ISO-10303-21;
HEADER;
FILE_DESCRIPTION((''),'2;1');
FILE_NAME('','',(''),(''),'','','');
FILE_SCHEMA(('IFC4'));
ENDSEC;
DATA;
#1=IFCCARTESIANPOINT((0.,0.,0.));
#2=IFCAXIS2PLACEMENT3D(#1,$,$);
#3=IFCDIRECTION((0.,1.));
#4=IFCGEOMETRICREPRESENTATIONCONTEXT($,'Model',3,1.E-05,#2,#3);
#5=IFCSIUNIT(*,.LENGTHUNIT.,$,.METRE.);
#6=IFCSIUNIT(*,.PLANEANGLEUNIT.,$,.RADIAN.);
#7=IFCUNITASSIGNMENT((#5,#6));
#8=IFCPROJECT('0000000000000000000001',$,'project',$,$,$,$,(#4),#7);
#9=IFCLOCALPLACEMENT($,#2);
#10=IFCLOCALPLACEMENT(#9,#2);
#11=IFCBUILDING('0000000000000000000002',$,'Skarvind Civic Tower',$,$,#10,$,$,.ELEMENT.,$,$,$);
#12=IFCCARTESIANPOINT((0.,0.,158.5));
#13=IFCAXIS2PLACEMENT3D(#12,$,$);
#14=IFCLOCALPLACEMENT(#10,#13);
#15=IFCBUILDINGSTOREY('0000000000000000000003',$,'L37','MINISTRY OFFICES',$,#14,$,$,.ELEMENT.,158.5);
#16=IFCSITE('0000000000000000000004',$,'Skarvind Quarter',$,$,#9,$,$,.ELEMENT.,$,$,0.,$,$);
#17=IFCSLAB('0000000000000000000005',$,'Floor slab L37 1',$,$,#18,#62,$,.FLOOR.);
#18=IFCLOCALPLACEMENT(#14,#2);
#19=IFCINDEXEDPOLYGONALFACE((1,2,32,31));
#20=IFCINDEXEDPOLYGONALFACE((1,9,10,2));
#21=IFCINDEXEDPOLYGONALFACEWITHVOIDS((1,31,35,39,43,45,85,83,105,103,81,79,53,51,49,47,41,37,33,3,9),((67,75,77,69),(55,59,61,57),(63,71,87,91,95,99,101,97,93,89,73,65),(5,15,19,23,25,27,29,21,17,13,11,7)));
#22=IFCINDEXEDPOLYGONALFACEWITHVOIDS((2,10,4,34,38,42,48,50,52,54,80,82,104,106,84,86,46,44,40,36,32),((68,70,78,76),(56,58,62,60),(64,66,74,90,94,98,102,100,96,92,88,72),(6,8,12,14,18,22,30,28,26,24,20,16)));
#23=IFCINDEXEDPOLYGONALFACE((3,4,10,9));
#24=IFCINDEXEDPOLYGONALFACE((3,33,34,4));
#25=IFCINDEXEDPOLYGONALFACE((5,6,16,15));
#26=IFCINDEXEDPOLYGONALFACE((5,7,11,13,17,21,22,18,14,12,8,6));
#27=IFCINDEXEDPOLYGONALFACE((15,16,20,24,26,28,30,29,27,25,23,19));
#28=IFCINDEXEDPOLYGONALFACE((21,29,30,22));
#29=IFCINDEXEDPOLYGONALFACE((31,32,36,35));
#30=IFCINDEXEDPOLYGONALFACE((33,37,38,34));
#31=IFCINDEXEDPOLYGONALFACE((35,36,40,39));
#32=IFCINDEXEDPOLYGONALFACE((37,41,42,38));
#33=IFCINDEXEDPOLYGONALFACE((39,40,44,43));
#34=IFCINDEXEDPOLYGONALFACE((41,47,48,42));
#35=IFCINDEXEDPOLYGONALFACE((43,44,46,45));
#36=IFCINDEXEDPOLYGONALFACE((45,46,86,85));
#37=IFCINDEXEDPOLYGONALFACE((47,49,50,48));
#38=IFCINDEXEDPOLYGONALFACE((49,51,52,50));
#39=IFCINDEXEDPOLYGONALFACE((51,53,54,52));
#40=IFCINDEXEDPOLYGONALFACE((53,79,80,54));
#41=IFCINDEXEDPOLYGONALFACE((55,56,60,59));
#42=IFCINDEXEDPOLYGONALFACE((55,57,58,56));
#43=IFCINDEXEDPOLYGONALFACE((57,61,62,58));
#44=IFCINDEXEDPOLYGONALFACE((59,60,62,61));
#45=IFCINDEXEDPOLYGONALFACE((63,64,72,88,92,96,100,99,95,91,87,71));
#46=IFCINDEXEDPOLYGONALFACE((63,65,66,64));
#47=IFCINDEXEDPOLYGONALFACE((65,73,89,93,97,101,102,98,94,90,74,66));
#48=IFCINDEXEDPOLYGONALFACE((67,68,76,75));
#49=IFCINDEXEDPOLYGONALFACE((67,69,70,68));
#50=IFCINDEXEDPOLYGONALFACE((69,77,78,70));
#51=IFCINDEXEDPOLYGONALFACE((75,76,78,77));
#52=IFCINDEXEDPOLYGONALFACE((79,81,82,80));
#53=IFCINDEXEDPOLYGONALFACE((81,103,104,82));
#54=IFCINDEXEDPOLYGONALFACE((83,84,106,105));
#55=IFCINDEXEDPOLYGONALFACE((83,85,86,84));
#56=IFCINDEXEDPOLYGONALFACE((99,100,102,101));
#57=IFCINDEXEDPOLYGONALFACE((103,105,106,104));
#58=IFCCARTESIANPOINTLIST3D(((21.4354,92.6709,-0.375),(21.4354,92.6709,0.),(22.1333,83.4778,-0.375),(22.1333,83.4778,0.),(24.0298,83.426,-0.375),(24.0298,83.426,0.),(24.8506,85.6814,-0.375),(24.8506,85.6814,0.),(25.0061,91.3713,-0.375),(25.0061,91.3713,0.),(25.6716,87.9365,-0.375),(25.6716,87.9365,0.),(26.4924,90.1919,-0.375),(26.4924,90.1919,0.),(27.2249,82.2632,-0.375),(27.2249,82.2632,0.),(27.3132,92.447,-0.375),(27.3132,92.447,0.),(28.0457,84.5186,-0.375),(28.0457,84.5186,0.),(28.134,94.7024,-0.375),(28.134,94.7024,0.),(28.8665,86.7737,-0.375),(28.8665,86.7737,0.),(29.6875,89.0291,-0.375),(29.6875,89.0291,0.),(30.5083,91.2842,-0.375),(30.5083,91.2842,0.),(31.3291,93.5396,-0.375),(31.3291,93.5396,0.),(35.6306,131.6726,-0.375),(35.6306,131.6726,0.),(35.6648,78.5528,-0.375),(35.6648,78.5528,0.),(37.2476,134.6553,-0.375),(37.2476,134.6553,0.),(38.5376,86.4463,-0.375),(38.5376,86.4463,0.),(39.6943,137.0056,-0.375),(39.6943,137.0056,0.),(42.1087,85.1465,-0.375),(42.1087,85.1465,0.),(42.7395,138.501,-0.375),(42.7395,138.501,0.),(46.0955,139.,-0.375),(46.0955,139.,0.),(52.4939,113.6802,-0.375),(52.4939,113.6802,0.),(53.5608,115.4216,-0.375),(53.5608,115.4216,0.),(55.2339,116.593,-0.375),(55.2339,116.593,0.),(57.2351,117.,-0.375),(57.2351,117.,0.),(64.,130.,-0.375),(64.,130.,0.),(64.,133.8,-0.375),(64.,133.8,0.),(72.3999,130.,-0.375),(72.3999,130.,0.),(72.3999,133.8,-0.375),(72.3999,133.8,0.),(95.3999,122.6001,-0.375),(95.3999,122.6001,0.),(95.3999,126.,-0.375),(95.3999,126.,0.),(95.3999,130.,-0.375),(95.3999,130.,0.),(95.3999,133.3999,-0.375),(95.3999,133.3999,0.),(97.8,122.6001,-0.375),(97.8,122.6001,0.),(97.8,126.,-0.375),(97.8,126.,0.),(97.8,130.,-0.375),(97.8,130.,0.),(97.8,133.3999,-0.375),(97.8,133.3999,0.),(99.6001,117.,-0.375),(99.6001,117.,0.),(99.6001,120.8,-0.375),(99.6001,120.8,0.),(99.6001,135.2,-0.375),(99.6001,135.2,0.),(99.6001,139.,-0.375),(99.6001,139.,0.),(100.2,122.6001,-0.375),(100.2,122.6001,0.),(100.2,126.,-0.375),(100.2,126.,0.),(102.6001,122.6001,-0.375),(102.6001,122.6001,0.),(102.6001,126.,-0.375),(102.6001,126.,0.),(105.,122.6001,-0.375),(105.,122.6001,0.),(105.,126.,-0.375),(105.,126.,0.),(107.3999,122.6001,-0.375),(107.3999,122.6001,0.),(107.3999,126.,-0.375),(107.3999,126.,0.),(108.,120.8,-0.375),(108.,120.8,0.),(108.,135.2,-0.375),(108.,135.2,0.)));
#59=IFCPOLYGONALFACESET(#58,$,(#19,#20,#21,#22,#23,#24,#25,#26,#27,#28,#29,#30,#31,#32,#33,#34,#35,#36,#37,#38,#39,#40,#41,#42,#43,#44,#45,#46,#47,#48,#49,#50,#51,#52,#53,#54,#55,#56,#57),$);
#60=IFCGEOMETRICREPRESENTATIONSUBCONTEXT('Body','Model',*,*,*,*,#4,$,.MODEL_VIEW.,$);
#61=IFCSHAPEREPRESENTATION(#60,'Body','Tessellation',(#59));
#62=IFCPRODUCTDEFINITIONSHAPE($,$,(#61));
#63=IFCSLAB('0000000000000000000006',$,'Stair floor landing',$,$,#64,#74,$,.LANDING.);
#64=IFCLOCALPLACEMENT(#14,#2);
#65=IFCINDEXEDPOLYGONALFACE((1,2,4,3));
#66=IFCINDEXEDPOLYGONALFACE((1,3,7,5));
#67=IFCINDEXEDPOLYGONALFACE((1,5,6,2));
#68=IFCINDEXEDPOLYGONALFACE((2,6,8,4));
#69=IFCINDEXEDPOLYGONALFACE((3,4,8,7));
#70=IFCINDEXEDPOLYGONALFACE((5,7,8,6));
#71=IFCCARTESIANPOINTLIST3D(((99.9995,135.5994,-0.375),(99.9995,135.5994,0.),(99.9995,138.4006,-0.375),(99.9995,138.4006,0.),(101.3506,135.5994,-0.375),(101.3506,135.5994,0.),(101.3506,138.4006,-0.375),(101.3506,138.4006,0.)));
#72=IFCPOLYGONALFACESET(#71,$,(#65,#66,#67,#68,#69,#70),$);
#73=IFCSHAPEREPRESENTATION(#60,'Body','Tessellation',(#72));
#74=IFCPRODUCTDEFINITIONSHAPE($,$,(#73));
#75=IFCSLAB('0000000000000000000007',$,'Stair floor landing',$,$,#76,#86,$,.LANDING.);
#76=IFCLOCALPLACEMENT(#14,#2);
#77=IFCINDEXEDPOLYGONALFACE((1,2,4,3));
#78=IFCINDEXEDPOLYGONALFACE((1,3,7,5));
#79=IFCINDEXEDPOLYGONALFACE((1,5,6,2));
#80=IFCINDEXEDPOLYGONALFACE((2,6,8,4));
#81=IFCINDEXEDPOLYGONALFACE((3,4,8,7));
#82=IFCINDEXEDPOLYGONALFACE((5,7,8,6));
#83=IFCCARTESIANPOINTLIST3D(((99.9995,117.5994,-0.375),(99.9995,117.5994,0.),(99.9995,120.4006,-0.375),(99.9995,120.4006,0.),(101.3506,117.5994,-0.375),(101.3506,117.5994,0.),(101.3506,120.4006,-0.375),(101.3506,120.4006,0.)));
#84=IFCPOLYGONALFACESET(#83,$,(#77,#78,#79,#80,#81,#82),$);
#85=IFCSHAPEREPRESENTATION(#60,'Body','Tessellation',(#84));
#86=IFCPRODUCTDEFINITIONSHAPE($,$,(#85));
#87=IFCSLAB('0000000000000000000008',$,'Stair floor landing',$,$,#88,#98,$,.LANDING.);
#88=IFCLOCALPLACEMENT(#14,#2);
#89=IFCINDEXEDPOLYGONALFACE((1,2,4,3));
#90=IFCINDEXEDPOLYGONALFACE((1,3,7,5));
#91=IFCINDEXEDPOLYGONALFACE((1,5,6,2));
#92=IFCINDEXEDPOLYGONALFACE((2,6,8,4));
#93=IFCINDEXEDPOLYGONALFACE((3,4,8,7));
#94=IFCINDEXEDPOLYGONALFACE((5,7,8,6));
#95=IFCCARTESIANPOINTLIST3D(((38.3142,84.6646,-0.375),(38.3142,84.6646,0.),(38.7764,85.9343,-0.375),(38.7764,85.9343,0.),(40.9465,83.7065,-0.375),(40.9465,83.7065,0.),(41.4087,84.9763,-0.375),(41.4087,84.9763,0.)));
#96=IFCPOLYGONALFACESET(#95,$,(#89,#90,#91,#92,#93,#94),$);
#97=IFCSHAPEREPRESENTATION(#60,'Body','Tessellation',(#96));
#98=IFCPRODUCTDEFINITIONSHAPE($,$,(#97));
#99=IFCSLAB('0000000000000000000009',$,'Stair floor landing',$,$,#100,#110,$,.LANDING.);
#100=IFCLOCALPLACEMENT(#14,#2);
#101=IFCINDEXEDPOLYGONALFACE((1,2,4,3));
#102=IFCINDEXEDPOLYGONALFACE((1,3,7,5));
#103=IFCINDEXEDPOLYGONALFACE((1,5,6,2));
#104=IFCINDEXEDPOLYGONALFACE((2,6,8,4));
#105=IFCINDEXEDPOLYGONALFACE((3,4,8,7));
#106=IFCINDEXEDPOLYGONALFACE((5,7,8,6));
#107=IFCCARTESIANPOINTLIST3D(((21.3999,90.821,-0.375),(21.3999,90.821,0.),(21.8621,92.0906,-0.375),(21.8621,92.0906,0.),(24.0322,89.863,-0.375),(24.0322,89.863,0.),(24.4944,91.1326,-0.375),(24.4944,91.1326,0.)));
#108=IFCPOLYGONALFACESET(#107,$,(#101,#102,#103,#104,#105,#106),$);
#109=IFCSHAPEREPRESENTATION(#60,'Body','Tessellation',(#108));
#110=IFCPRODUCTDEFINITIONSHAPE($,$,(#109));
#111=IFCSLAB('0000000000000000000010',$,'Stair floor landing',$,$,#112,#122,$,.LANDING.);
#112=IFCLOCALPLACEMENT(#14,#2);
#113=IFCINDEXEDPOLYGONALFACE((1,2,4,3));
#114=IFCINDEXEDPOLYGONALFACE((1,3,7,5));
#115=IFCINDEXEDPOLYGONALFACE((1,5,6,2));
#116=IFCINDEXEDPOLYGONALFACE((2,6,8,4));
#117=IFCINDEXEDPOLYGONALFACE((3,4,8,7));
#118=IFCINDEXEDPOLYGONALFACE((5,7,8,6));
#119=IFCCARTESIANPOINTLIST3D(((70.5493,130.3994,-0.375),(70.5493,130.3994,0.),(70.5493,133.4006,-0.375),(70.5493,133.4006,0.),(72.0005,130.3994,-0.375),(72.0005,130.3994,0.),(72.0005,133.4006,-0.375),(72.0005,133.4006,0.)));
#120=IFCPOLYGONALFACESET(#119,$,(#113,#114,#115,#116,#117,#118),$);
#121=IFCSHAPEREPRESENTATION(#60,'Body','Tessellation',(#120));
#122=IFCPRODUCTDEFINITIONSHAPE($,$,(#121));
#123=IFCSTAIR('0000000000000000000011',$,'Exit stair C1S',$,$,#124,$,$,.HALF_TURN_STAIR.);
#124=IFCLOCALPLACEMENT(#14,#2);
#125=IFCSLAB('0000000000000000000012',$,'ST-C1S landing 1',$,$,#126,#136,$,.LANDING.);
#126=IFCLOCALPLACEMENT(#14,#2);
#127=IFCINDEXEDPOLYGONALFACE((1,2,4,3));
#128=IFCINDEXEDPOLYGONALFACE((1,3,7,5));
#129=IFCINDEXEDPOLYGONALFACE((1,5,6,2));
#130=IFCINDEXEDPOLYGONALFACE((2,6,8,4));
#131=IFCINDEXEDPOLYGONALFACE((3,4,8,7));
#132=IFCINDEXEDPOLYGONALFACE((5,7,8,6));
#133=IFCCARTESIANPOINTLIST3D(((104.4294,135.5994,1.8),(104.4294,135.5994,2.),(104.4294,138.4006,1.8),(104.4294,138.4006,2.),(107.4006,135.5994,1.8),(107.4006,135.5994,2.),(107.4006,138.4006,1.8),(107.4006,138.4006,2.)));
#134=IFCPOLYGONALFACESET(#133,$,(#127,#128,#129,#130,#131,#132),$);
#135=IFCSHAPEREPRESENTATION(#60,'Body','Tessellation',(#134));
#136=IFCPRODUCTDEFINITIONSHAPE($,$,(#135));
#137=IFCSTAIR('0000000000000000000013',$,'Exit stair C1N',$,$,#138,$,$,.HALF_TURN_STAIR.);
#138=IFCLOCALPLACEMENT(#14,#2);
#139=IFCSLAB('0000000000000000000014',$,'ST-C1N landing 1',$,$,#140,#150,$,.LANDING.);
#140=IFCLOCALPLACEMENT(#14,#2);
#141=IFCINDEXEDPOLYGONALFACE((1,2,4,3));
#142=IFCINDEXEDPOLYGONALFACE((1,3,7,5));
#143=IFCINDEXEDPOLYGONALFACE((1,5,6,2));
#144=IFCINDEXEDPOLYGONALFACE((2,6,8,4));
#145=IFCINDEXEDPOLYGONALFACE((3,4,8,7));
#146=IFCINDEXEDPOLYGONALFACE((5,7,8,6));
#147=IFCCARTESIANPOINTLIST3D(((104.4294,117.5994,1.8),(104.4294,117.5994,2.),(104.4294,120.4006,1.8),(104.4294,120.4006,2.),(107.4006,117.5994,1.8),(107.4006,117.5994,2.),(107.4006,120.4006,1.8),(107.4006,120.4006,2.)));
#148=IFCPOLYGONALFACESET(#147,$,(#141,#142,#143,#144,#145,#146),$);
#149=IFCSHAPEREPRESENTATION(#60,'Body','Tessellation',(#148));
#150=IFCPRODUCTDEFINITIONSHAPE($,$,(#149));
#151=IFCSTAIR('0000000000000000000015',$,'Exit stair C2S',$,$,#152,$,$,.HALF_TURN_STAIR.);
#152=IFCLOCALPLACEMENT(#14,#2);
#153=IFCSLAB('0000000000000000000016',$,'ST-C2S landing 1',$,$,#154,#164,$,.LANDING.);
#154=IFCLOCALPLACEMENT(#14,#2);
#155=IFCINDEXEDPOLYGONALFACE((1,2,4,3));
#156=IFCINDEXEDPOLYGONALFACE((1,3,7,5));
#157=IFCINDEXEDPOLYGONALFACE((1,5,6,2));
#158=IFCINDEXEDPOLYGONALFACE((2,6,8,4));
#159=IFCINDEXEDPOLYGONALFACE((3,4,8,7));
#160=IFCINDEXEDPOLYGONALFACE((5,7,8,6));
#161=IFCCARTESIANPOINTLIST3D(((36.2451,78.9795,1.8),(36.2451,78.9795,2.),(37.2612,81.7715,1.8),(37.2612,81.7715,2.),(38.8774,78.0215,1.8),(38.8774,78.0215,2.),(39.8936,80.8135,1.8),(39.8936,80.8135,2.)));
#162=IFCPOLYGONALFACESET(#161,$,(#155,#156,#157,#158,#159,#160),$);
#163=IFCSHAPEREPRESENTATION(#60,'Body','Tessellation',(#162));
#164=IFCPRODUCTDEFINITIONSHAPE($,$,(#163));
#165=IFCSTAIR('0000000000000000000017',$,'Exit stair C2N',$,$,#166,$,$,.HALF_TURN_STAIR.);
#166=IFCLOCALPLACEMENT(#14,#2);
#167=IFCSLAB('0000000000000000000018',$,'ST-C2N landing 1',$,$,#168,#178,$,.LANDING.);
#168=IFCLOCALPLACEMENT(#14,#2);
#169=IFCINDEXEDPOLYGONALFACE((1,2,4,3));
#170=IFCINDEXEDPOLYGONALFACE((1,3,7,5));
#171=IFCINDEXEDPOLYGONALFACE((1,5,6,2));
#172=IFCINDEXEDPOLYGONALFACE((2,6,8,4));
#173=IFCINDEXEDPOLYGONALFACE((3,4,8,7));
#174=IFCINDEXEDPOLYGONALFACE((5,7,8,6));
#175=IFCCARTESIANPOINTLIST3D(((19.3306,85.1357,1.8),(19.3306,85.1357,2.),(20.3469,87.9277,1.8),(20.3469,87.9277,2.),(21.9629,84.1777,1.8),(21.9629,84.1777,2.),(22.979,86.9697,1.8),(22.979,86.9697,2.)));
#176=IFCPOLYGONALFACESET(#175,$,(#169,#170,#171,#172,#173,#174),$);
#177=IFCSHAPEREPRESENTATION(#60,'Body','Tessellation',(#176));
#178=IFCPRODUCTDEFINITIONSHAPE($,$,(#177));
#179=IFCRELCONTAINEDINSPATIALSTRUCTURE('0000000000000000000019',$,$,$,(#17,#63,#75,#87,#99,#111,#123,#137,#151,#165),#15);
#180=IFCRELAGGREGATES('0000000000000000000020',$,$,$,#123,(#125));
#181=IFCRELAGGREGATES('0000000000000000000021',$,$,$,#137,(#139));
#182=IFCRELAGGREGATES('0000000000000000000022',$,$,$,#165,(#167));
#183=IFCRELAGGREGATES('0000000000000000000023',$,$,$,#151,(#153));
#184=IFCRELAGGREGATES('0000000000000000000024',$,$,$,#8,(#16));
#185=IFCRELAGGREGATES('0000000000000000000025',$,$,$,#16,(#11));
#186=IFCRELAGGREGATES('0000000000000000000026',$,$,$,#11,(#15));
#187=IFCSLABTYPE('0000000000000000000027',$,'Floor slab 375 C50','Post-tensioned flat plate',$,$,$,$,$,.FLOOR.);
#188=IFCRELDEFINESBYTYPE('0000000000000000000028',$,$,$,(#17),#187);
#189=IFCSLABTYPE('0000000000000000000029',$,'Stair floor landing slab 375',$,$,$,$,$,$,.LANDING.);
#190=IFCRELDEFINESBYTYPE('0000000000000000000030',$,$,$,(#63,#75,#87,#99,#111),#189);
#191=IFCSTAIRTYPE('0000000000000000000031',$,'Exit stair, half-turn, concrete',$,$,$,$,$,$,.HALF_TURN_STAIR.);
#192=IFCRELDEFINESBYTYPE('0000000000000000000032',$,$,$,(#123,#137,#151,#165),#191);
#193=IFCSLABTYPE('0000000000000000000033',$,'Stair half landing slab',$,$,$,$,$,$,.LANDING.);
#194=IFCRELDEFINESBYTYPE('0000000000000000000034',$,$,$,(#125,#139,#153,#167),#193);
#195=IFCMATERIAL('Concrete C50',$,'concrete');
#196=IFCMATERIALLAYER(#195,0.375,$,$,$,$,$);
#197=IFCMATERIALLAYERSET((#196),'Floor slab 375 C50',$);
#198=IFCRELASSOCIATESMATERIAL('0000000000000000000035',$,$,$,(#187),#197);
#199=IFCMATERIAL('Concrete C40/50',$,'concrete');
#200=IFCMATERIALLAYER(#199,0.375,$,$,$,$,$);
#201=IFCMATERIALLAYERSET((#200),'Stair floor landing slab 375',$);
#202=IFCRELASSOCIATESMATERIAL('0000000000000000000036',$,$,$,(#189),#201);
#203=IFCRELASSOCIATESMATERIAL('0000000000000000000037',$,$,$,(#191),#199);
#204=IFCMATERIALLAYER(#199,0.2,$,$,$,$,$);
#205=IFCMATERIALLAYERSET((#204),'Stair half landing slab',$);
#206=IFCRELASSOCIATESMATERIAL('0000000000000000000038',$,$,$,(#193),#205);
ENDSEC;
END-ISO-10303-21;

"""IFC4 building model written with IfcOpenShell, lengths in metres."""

from ifc_helpers import new_model, si_unit, direction, frame, origin, place, context, subcontext, project, spatial, polyline, outline, extrude, material, layer, layer_set, type_object, element, aggregate, save


model = new_model("IFC4")

# Units and contexts
model_context = context("Model", 3, precision=1e-05, world=origin(), true_north=direction((0.0, 1.0)))
body_context = subcontext(model_context, "Body", "Model", "MODEL_VIEW")
ifc_project = project(units=[si_unit("LENGTHUNIT", "METRE"), si_unit("PLANEANGLEUNIT", "RADIAN")], contexts=[model_context])

# Site, building, storey
site_placement = place(None, origin())
site = spatial("IfcSite", under=ifc_project, at=site_placement, Name="Skarvind Quarter", CompositionType="ELEMENT", RefElevation=0.0)
building_placement = place(site_placement, origin())
building = spatial("IfcBuilding", under=site, at=building_placement, Name="Skarvind Civic Tower", CompositionType="ELEMENT")
storey_placement = place(building_placement, frame((0.0, 0.0, 158.5)))
storey = spatial("IfcBuildingStorey", under=building, at=storey_placement, Name="L37", Description="MINISTRY OFFICES", CompositionType="ELEMENT", Elevation=158.5)

# Slabs
ifc_material_1 = material(Name="Concrete C50", Category="concrete")
ifc_layer_1 = layer(ifc_material_1, 0.375)
ifc_layer_set_1 = layer_set([ifc_layer_1], Name="Floor slab 375 C50")
slab_type_1 = type_object("IfcSlabType", Name="Floor slab 375 C50", Description="Post-tensioned flat plate", PredefinedType="FLOOR", material=ifc_layer_set_1)
slab_1_placement = place(storey_placement, frame((0.0, 0.0, -0.375)))
element("IfcSlab", 1, at=slab_1_placement, inside=storey, type_object=slab_type_1, Name="Floor slab L37 1", PredefinedType="FLOOR", context=body_context, shape_type="SweptSolid", body=[
    extrude(outline(polyline([(99.6001, 117.0), (99.6001, 120.8), (108.0, 120.8), (108.0, 135.2), (99.6001, 135.2), (99.6001, 139.0), (46.0955, 139.0), (42.7395, 138.501), (39.6943, 137.0056), (37.2476, 134.6553), (35.6306, 131.6726), (19.4175, 87.1267), (21.4353, 92.6709), (25.0061, 91.3713), (22.1333, 83.4778), (36.8865, 78.1082), (35.6648, 78.5527), (38.5376, 86.4463), (42.1086, 85.1465), (40.0908, 79.6023), (40.0908, 79.6023), (52.4939, 113.6802), (53.5608, 115.4216), (55.2339, 116.593), (57.2351, 117.0), (99.6001, 117.0)]), holes=[polyline([(25.6716, 87.9365), (26.4924, 90.1919), (27.3132, 92.447), (28.134, 94.7024), (31.3291, 93.5396), (30.5083, 91.2842), (29.6875, 89.0291), (28.8665, 86.7737), (28.8665, 86.7737), (28.0457, 84.5186), (27.2249, 82.2632), (24.0298, 83.426), (24.8506, 85.6814), (25.6716, 87.9365), (25.6716, 87.9365)]), polyline([(64.0, 130.0), (64.0, 133.8), (72.3999, 133.8), (72.3999, 130.0), (64.0, 130.0)]), polyline([(97.8, 126.0), (100.2, 126.0), (102.6001, 126.0), (105.0, 126.0), (107.3999, 126.0), (107.3999, 122.6001), (105.0, 122.6001), (102.6001, 122.6001), (100.2, 122.6001), (97.8, 122.6001), (95.3999, 122.6001), (95.3999, 126.0), (97.8, 126.0)]), polyline([(97.8, 133.3999), (97.8, 130.0), (95.3999, 130.0), (95.3999, 133.3999), (97.8, 133.3999)])]), origin(), (0.0, 0.0, 1.0), 0.375),
])
ifc_material_2 = material(Name="Concrete C40/50", Category="concrete")
ifc_layer_2 = layer(ifc_material_2, 0.375)
ifc_layer_set_2 = layer_set([ifc_layer_2], Name="Stair floor landing slab 375")
slab_type_2 = type_object("IfcSlabType", Name="Stair floor landing slab 375", PredefinedType="LANDING", material=ifc_layer_set_2)
slab_2_placement = place(storey_placement, frame((0.0, 0.0, -0.375)))
element("IfcSlab", 2, at=slab_2_placement, inside=storey, type_object=slab_type_2, Name="Stair floor landing", PredefinedType="LANDING", context=body_context, shape_type="SweptSolid", body=[
    extrude(outline(polyline([(101.3506, 138.4006), (101.3506, 135.5994), (99.9995, 135.5994), (99.9995, 138.4006), (101.3506, 138.4006)])), origin(), (0.0, 0.0, 1.0), 0.375),
])
slab_3_placement = place(storey_placement, frame((0.0, 0.0, -0.375)))
element("IfcSlab", 3, at=slab_3_placement, inside=storey, type_object=slab_type_2, Name="Stair floor landing", PredefinedType="LANDING", context=body_context, shape_type="SweptSolid", body=[
    extrude(outline(polyline([(101.3506, 120.4006), (101.3506, 117.5994), (99.9995, 117.5994), (99.9995, 120.4006), (101.3506, 120.4006)])), origin(), (0.0, 0.0, 1.0), 0.375),
])
slab_4_placement = place(storey_placement, frame((0.0, 0.0, -0.375)))
element("IfcSlab", 4, at=slab_4_placement, inside=storey, type_object=slab_type_2, Name="Stair floor landing", PredefinedType="LANDING", context=body_context, shape_type="SweptSolid", body=[
    extrude(outline(polyline([(40.9465, 83.7065), (38.3142, 84.6646), (38.7764, 85.9343), (41.4087, 84.9763), (40.9465, 83.7065)])), origin(), (0.0, 0.0, 1.0), 0.375),
])
slab_5_placement = place(storey_placement, frame((0.0, 0.0, -0.375)))
element("IfcSlab", 5, at=slab_5_placement, inside=storey, type_object=slab_type_2, Name="Stair floor landing", PredefinedType="LANDING", context=body_context, shape_type="SweptSolid", body=[
    extrude(outline(polyline([(24.0322, 89.863), (21.3999, 90.821), (21.8621, 92.0906), (24.4944, 91.1326), (24.0322, 89.863)])), origin(), (0.0, 0.0, 1.0), 0.375),
])
slab_6_placement = place(storey_placement, frame((0.0, 0.0, -0.375)))
element("IfcSlab", 6, at=slab_6_placement, inside=storey, type_object=slab_type_2, Name="Stair floor landing", PredefinedType="LANDING", context=body_context, shape_type="SweptSolid", body=[
    extrude(outline(polyline([(70.5493, 130.3994), (70.5493, 133.4006), (72.0005, 133.4006), (72.0005, 130.3994), (70.5493, 130.3994)])), origin(), (0.0, 0.0, 1.0), 0.375),
])

# Stairs, slabs
stair_type_1 = type_object("IfcStairType", Name="Exit stair, half-turn, concrete", PredefinedType="HALF_TURN_STAIR", material=ifc_material_2)
stair_1_placement = place(storey_placement, origin())
stair_1 = element("IfcStair", 7, at=stair_1_placement, inside=storey, type_object=stair_type_1, Name="Exit stair C1S", PredefinedType="HALF_TURN_STAIR")
ifc_layer_3 = layer(ifc_material_2, 0.2)
ifc_layer_set_3 = layer_set([ifc_layer_3], Name="Stair half landing slab")
slab_type_3 = type_object("IfcSlabType", Name="Stair half landing slab", PredefinedType="LANDING", material=ifc_layer_set_3)
slab_7_placement = place(storey_placement, frame((0.0, 0.0, 1.8)))
slab_7 = element("IfcSlab", 8, at=slab_7_placement, type_object=slab_type_3, Name="ST-C1S landing 1", PredefinedType="LANDING", context=body_context, shape_type="SweptSolid", body=[
    extrude(outline(polyline([(104.4294, 135.5994), (104.4294, 138.4006), (107.4006, 138.4006), (107.4006, 135.5994), (104.4294, 135.5994)])), origin(), (0.0, 0.0, 1.0), 0.2),
])
aggregate(stair_1, [slab_7])
stair_2_placement = place(storey_placement, origin())
stair_2 = element("IfcStair", 9, at=stair_2_placement, inside=storey, type_object=stair_type_1, Name="Exit stair C1N", PredefinedType="HALF_TURN_STAIR")
slab_8_placement = place(storey_placement, frame((0.0, 0.0, 1.8)))
slab_8 = element("IfcSlab", 10, at=slab_8_placement, type_object=slab_type_3, Name="ST-C1N landing 1", PredefinedType="LANDING", context=body_context, shape_type="SweptSolid", body=[
    extrude(outline(polyline([(104.4294, 117.5994), (104.4294, 120.4006), (107.4006, 120.4006), (107.4006, 117.5994), (104.4294, 117.5994)])), origin(), (0.0, 0.0, 1.0), 0.2),
])
aggregate(stair_2, [slab_8])
stair_3_placement = place(storey_placement, origin())
stair_3 = element("IfcStair", 11, at=stair_3_placement, inside=storey, type_object=stair_type_1, Name="Exit stair C2S", PredefinedType="HALF_TURN_STAIR")
slab_9_placement = place(storey_placement, frame((0.0, 0.0, 1.8)))
slab_9 = element("IfcSlab", 12, at=slab_9_placement, type_object=slab_type_3, Name="ST-C2S landing 1", PredefinedType="LANDING", context=body_context, shape_type="SweptSolid", body=[
    extrude(outline(polyline([(37.2612, 81.7715), (39.8936, 80.8135), (38.8774, 78.0215), (36.2451, 78.9795), (37.2612, 81.7715)])), origin(), (0.0, 0.0, 1.0), 0.2),
])
stair_4_placement = place(storey_placement, origin())
stair_4 = element("IfcStair", 13, at=stair_4_placement, inside=storey, type_object=stair_type_1, Name="Exit stair C2N", PredefinedType="HALF_TURN_STAIR")
slab_10_placement = place(storey_placement, frame((0.0, 0.0, 1.8)))
slab_10 = element("IfcSlab", 14, at=slab_10_placement, type_object=slab_type_3, Name="ST-C2N landing 1", PredefinedType="LANDING", context=body_context, shape_type="SweptSolid", body=[
    extrude(outline(polyline([(20.3469, 87.9277), (22.979, 86.9697), (21.9629, 84.1777), (19.3306, 85.1357), (20.3469, 87.9277)])), origin(), (0.0, 0.0, 1.0), 0.2),
])
aggregate(stair_4, [slab_10])

aggregate(stair_3, [slab_9])

save(model, "model.ifc")
